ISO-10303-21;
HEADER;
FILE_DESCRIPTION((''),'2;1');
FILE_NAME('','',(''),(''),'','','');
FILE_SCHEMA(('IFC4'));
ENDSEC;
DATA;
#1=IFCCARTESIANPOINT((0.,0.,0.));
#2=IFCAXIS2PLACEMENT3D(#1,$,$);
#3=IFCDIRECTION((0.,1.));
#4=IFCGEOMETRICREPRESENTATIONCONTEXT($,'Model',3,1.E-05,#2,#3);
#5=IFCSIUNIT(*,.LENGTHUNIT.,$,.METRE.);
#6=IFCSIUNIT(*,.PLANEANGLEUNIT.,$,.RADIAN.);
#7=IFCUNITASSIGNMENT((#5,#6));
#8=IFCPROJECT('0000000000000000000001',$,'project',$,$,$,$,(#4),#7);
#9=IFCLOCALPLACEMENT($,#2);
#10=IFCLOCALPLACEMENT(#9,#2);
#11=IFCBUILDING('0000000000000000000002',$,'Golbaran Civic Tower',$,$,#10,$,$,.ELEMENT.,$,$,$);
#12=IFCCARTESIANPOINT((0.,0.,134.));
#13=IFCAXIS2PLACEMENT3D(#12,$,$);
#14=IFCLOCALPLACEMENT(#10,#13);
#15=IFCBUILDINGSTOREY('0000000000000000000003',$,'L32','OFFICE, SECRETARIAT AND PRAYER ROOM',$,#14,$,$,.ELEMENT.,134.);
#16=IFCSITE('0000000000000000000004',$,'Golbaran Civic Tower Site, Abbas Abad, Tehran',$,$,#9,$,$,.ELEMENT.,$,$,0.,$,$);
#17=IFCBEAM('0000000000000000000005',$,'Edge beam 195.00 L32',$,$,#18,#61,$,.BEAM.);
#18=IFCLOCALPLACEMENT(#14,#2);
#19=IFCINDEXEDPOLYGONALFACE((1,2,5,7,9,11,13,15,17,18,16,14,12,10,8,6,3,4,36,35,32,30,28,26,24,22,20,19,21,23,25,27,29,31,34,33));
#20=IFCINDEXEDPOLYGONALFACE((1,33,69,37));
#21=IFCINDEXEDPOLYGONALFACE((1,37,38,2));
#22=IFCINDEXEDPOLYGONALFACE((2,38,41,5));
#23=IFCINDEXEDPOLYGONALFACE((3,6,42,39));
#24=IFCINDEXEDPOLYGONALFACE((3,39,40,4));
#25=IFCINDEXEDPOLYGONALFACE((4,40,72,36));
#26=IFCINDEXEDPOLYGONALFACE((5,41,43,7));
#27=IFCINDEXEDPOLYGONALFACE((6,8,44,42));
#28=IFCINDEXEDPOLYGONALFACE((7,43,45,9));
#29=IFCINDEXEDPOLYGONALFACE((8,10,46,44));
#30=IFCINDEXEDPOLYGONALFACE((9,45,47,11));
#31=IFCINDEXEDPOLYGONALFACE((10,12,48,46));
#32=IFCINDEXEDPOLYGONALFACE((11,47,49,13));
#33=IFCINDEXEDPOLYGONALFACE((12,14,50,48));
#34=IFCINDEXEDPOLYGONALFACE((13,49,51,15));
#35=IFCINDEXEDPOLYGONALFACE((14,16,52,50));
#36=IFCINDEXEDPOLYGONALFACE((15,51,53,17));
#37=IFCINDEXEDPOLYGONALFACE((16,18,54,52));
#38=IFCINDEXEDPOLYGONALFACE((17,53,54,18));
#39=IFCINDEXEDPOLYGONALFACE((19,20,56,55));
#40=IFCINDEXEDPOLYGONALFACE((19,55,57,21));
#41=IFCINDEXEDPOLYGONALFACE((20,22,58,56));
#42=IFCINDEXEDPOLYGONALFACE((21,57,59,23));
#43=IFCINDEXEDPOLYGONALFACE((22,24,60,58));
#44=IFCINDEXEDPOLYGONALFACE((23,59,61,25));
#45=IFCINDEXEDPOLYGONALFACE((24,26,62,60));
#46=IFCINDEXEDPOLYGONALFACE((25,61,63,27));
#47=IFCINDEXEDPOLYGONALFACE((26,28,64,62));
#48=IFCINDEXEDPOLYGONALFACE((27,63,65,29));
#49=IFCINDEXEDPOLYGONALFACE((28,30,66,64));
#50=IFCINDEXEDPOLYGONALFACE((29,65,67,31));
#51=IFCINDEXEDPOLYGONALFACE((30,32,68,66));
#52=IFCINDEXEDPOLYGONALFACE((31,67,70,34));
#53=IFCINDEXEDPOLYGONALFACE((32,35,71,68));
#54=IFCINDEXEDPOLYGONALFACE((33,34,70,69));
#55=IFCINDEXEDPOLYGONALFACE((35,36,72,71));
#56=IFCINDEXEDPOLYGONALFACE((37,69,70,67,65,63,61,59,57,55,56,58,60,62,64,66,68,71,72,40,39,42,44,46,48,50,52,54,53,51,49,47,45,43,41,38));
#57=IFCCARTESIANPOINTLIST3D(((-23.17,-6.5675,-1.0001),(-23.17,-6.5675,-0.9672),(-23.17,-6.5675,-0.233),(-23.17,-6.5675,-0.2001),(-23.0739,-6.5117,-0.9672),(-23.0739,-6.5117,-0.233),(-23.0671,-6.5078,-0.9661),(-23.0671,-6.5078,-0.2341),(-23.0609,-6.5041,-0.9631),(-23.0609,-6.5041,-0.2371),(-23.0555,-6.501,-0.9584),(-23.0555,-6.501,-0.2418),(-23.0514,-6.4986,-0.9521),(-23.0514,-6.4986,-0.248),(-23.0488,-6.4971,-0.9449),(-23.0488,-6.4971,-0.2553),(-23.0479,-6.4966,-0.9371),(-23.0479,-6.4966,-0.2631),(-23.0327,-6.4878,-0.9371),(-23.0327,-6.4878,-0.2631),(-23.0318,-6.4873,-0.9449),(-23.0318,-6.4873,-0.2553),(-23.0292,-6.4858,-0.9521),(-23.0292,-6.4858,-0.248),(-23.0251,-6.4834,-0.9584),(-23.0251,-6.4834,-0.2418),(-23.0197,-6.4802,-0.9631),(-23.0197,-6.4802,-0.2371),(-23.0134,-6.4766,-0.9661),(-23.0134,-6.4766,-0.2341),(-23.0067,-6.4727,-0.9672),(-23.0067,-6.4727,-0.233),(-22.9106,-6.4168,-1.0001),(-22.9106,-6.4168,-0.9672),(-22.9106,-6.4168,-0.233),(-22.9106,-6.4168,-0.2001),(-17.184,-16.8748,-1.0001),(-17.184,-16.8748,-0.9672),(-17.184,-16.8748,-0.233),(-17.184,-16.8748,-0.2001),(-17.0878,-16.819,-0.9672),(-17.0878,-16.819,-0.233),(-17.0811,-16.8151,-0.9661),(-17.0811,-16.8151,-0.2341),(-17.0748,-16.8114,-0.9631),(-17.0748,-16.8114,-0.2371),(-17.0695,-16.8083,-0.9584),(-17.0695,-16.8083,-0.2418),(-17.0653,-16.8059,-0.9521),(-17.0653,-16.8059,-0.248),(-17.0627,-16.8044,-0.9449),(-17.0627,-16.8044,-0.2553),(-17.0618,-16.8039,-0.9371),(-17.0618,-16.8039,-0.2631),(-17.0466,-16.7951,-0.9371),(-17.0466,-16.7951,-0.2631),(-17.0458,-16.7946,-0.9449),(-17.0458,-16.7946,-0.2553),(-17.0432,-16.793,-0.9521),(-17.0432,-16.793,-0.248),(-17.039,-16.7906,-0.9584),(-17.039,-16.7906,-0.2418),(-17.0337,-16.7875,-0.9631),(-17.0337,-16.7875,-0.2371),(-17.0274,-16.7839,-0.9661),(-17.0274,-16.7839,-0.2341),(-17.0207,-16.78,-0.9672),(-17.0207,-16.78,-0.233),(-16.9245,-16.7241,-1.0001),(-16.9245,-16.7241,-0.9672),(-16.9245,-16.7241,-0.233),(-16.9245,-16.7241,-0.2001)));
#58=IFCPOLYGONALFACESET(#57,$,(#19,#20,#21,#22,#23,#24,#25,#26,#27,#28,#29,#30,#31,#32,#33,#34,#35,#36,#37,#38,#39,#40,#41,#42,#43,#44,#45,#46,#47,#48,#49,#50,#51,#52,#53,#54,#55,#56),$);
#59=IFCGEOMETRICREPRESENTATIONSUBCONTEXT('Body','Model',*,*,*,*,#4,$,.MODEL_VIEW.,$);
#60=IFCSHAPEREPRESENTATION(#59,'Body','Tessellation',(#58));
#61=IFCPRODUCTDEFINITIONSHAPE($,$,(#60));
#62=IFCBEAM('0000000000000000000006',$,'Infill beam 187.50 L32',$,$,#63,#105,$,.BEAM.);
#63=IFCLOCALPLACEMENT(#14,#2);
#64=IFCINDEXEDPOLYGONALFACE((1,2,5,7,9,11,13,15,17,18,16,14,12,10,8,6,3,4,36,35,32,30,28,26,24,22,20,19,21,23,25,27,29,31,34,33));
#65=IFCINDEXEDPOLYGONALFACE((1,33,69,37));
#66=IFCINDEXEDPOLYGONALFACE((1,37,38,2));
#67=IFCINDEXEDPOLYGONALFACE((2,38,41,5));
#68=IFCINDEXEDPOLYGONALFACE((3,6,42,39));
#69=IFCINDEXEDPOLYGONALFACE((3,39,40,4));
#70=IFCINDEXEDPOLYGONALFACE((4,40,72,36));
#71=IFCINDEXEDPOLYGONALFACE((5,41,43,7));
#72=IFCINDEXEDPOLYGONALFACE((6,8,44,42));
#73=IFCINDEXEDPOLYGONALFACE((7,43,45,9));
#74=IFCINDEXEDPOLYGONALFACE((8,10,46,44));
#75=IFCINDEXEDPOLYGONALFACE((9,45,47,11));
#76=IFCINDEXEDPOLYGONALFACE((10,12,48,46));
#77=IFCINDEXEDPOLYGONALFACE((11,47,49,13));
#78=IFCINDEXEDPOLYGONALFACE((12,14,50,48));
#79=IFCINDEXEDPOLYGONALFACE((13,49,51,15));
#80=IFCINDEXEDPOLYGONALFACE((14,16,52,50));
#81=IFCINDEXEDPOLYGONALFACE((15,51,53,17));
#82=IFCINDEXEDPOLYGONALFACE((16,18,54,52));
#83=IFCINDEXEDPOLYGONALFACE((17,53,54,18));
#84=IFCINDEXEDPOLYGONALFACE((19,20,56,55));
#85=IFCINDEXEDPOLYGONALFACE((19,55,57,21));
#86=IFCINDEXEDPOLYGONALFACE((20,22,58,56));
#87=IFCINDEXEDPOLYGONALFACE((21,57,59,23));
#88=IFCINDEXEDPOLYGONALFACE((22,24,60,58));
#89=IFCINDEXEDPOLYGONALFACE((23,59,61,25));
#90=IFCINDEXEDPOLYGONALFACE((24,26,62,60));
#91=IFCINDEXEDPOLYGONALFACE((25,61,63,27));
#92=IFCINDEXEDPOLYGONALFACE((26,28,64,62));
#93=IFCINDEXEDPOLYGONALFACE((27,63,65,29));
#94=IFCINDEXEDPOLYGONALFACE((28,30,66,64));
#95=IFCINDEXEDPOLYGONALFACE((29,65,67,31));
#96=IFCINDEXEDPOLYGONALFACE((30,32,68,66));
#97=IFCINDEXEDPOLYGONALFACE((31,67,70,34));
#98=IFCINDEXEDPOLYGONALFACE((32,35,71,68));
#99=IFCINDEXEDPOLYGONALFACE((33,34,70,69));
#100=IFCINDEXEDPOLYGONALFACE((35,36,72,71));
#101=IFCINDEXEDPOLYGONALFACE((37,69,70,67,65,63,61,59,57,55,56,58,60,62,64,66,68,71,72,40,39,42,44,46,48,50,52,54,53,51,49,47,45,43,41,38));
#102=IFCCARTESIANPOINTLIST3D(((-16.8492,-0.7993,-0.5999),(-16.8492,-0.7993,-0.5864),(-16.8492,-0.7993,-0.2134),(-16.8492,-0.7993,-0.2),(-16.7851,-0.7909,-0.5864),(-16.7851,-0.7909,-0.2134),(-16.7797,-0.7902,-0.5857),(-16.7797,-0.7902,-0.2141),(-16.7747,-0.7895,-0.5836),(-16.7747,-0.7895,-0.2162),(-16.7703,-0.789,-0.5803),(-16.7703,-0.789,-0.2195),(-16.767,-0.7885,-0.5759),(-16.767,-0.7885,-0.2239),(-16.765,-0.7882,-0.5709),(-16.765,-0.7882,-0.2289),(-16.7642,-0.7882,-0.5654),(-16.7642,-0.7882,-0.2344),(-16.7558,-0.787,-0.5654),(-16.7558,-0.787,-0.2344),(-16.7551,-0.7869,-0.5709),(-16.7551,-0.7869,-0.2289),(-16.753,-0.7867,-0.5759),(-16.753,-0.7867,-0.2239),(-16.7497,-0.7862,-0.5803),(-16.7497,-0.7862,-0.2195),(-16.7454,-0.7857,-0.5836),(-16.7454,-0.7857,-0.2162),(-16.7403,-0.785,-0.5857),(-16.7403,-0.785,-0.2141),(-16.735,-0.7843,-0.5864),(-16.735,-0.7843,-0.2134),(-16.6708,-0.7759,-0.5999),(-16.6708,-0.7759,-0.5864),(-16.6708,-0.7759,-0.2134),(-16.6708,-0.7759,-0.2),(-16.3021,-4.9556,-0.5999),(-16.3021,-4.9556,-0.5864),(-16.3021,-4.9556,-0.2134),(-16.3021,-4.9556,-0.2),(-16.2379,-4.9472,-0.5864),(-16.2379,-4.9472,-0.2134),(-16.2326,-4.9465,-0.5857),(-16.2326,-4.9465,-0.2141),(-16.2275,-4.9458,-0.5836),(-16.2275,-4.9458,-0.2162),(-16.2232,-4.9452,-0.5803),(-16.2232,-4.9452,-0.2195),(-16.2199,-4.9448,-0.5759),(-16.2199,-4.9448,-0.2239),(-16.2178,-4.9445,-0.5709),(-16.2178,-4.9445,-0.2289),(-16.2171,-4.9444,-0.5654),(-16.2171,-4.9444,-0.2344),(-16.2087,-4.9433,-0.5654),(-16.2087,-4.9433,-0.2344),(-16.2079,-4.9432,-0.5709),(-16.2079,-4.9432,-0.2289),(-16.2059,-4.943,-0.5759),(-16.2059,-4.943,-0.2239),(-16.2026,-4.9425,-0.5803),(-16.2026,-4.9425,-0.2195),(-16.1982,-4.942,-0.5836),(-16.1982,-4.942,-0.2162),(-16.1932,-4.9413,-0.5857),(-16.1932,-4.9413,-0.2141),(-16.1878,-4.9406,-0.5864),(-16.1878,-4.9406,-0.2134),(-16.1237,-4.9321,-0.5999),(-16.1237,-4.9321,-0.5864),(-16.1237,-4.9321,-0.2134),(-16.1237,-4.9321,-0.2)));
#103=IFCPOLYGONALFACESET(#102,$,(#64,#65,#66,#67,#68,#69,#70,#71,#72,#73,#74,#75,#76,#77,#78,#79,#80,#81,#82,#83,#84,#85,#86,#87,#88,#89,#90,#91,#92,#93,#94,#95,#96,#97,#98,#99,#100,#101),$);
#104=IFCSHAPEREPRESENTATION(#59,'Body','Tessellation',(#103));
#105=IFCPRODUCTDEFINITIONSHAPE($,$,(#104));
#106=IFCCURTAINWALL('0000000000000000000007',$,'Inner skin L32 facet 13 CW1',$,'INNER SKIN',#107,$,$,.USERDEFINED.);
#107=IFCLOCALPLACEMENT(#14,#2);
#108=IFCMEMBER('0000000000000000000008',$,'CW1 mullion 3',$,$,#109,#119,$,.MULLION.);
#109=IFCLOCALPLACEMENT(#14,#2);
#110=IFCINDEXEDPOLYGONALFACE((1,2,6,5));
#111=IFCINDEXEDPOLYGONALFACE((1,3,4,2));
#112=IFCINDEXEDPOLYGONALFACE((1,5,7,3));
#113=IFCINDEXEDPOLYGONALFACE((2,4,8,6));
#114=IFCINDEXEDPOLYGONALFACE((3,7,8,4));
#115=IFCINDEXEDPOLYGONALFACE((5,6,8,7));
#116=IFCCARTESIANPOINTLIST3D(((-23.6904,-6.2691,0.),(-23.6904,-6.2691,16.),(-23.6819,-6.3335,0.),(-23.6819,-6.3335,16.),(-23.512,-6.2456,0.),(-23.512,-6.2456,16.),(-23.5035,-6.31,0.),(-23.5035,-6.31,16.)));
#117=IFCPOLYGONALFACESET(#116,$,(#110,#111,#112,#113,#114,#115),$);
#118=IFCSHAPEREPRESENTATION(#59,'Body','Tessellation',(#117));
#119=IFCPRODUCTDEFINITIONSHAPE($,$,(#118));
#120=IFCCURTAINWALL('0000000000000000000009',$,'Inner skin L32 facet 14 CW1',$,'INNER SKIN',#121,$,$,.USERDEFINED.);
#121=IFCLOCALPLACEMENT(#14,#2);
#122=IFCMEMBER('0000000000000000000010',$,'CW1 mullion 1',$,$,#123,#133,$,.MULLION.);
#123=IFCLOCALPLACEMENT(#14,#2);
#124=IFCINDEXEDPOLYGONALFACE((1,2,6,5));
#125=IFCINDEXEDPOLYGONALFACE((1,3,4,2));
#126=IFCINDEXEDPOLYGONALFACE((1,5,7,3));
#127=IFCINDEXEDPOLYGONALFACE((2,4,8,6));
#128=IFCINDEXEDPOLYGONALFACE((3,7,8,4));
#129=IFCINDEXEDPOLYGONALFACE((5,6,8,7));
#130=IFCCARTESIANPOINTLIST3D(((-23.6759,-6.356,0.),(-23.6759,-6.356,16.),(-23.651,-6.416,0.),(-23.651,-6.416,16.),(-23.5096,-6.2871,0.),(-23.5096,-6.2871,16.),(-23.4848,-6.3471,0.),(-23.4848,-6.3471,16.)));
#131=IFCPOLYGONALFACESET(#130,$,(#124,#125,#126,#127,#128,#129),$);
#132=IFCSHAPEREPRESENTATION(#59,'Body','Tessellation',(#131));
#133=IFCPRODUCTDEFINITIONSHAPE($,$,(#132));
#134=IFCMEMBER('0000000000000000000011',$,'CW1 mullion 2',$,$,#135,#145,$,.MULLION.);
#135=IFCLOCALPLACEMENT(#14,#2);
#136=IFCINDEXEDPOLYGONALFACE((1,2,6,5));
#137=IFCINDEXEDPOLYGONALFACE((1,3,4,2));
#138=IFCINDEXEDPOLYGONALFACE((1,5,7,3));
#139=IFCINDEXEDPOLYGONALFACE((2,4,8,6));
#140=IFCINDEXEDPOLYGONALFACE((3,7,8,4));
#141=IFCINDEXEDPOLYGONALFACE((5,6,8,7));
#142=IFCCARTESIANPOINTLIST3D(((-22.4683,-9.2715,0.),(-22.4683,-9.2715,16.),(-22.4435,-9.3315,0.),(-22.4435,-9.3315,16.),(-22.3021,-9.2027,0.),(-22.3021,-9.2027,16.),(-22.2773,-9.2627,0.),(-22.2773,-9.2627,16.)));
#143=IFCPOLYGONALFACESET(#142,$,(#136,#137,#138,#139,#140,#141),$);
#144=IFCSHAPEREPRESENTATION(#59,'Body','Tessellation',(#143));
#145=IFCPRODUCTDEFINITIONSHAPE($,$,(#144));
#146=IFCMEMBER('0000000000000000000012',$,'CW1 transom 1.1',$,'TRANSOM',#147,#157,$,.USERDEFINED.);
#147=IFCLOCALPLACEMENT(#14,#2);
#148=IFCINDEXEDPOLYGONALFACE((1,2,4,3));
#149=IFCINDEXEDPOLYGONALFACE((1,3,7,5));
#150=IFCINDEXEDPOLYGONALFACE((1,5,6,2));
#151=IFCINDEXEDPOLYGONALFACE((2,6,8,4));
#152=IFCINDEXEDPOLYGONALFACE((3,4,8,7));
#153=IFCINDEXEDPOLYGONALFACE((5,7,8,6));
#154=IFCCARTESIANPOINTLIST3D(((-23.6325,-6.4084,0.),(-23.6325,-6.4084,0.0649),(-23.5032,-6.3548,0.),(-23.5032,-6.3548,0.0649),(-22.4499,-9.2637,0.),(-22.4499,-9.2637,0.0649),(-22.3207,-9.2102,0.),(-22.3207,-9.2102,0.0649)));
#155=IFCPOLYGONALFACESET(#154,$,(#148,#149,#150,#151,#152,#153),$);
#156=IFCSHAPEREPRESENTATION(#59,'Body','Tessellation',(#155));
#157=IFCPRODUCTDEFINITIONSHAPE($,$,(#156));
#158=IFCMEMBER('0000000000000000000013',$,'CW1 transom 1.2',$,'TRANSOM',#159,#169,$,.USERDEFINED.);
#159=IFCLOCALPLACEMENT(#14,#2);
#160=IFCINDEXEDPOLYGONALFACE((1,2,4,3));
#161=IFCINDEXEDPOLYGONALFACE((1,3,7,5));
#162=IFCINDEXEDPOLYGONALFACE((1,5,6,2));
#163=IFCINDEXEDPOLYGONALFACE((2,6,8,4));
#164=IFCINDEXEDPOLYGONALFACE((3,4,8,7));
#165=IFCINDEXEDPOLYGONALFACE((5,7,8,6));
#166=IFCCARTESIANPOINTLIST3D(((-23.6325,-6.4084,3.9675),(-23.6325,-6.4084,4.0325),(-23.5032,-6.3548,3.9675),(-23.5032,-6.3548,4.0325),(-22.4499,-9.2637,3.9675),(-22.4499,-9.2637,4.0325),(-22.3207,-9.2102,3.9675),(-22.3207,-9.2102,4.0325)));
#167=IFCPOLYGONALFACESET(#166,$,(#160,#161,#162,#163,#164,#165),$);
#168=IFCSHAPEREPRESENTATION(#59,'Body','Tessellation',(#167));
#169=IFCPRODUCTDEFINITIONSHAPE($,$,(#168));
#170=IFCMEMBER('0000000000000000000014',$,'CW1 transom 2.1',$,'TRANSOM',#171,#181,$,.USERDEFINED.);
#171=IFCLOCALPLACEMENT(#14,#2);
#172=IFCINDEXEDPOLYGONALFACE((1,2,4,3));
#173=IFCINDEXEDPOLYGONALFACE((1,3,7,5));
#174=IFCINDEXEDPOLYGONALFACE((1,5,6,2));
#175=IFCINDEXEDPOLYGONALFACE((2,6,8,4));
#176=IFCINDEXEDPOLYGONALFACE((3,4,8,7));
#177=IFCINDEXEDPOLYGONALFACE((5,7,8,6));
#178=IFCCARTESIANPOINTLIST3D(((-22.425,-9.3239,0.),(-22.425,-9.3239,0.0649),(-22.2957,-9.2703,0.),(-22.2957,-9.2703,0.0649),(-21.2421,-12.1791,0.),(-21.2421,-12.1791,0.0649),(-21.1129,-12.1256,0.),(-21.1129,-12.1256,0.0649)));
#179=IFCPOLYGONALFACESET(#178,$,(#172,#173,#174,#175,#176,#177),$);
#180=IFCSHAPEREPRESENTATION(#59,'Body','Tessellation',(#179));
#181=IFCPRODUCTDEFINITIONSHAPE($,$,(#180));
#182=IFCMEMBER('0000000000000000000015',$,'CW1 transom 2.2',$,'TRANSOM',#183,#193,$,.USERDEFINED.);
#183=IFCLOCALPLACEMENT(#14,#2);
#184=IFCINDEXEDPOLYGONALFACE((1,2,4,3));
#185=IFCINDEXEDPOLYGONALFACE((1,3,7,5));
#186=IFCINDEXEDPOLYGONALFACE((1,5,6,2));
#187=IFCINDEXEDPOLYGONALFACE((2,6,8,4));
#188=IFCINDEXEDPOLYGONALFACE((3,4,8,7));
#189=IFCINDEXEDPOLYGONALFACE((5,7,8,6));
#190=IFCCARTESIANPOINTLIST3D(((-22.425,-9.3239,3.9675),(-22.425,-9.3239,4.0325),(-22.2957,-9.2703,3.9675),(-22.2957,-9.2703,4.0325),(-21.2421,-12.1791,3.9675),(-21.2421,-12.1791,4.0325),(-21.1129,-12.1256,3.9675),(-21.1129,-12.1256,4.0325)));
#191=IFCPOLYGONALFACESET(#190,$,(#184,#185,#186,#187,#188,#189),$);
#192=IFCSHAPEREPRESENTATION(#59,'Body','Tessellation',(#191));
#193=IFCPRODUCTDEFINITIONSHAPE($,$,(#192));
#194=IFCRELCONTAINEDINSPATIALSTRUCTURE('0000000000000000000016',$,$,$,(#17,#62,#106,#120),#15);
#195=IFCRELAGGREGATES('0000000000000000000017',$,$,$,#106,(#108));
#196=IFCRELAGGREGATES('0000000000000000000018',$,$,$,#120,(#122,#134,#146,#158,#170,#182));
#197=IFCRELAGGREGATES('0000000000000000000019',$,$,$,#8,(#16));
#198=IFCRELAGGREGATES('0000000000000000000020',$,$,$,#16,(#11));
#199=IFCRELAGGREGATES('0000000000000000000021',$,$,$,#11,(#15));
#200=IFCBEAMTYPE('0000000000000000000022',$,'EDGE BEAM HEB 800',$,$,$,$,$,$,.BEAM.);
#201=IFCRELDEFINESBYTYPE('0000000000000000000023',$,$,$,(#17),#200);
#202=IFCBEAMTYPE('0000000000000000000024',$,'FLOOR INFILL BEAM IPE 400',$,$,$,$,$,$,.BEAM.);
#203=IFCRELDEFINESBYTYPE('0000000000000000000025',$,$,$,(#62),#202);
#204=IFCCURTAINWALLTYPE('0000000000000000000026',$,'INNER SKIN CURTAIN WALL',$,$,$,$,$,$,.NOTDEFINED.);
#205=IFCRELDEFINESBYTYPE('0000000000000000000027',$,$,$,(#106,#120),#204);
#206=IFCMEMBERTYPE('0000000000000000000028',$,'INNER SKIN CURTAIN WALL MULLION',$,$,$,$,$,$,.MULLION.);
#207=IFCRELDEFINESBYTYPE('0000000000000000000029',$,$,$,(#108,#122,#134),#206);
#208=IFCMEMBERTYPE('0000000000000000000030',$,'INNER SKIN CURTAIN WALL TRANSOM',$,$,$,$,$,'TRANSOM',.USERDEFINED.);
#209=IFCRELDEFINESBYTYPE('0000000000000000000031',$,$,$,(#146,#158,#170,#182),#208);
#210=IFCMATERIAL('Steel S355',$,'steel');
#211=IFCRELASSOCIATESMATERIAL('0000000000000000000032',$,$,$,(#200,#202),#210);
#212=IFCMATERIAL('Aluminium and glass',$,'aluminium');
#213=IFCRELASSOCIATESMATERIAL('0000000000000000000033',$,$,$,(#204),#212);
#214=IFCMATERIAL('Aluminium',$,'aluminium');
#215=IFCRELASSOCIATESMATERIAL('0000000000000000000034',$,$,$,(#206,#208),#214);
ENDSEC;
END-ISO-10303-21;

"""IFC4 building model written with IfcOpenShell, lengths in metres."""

from ifc_helpers import new_model, si_unit, direction, frame, origin, origin_2d, place, context, subcontext, project, spatial, rectangle, i_section, extrude, material, material_profile, profile_set, type_object, element, aggregate, save


model = new_model("IFC4")

# Units and contexts
model_context = context("Model", 3, precision=1e-05, world=origin(), true_north=direction((0.0, 1.0)))
body_context = subcontext(model_context, "Body", "Model", "MODEL_VIEW")
ifc_project = project(units=[si_unit("LENGTHUNIT", "METRE"), si_unit("PLANEANGLEUNIT", "RADIAN")], contexts=[model_context])

# Site, building, storey
site_placement = place(None, origin())
site = spatial("IfcSite", under=ifc_project, at=site_placement, Name="Golbaran Civic Tower Site, Abbas Abad, Tehran", CompositionType="ELEMENT", RefElevation=0.0)
building_placement = place(site_placement, origin())
building = spatial("IfcBuilding", under=site, at=building_placement, Name="Golbaran Civic Tower", CompositionType="ELEMENT")
storey_placement = place(building_placement, frame((0.0, 0.0, 134.0)))
storey = spatial("IfcBuildingStorey", under=building, at=storey_placement, Name="L32", Description="OFFICE, SECRETARIAT AND PRAYER ROOM", CompositionType="ELEMENT", Elevation=134.0)

# Beams
ifc_material_1 = material(Name="Steel S355", Category="steel")
ifc_material_profile_1 = material_profile(ifc_material_1, i_section(OverallWidth=0.3, OverallDepth=0.8, WebThickness=0.0176, FlangeThickness=0.033, FilletRadius=0.03, at=origin_2d()), Name="HEB 800")
ifc_profile_set_1 = profile_set([ifc_material_profile_1], Name="Steel S355")
beam_type_1 = type_object("IfcBeamType", Name="EDGE BEAM HEB 800", PredefinedType="BEAM", material=ifc_profile_set_1)
beam_1_placement = place(storey_placement, frame((-23.0403, -6.4922, -0.6001), z_axis=(0.502208, -0.864747, 0.0), x_axis=(0.864747, 0.502208, 0.0)))
element("IfcBeam", 1, at=beam_1_placement, inside=storey, type_object=beam_type_1, Name="Edge beam 195.00 L32", PredefinedType="BEAM", context=body_context, shape_type="SweptSolid", body=[
    extrude(i_section(OverallWidth=0.3, OverallDepth=0.8, WebThickness=0.0176, FlangeThickness=0.033, FilletRadius=0.03, at=origin_2d()), origin(), (0.0, 0.0, 1.0), 11.9194),
])
ifc_material_profile_2 = material_profile(ifc_material_1, i_section(OverallWidth=0.1799, OverallDepth=0.3999, WebThickness=0.0085, FlangeThickness=0.0134, FilletRadius=0.021, at=origin_2d()), Name="IPE 400")
ifc_profile_set_2 = profile_set([ifc_material_profile_2], Name="Steel S355")
beam_type_2 = type_object("IfcBeamType", Name="FLOOR INFILL BEAM IPE 400", PredefinedType="BEAM", material=ifc_profile_set_2)
beam_2_placement = place(storey_placement, frame((-16.76, -0.7876, -0.3999), z_axis=(0.130512, -0.991447, 0.0), x_axis=(0.991447, 0.130512, 0.0)))
element("IfcBeam", 2, at=beam_2_placement, inside=storey, type_object=beam_type_2, Name="Infill beam 187.50 L32", PredefinedType="BEAM", context=body_context, shape_type="SweptSolid", body=[
    extrude(i_section(OverallWidth=0.1799, OverallDepth=0.3999, WebThickness=0.0085, FlangeThickness=0.0134, FilletRadius=0.021, at=origin_2d()), origin(), (0.0, 0.0, 1.0), 4.1921),
])

# Curtain wall, member
ifc_material_2 = material(Name="Aluminium and glass", Category="aluminium")
curtain_wall_type = type_object("IfcCurtainWallType", Name="INNER SKIN CURTAIN WALL", PredefinedType="NOTDEFINED", material=ifc_material_2)
curtain_wall_1_placement = place(storey_placement, origin())
curtain_wall_1 = element("IfcCurtainWall", 3, at=curtain_wall_1_placement, inside=storey, type_object=curtain_wall_type, Name="Inner skin L32 facet 13 CW1", ObjectType="INNER SKIN", PredefinedType="USERDEFINED")
ifc_material_3 = material(Name="Aluminium", Category="aluminium")
ifc_material_profile_3 = material_profile(ifc_material_3, rectangle(XDim=0.1799, YDim=0.0649, at=origin_2d()), Name="INNER SKIN CURTAIN WALL MULLION")
ifc_profile_set_3 = profile_set([ifc_material_profile_3], Name="Aluminium")
member_type_1 = type_object("IfcMemberType", Name="INNER SKIN CURTAIN WALL MULLION", PredefinedType="MULLION", material=ifc_profile_set_3)
member_1_placement = place(storey_placement, frame((-23.5969, -6.2896, 0.0), z_axis=(0.0, 0.0, 1.0), x_axis=(0.991445, 0.130526, 0.0)))
member_1 = element("IfcMember", 4, at=member_1_placement, type_object=member_type_1, Name="CW1 mullion 3", PredefinedType="MULLION", context=body_context, shape_type="SweptSolid", body=[
    extrude(rectangle(XDim=0.1799, YDim=0.0649, at=origin_2d()), origin(), (0.0, 0.0, 1.0), 16.0),
])

# Curtain wall, members
curtain_wall_2_placement = place(storey_placement, origin())
curtain_wall_2 = element("IfcCurtainWall", 5, at=curtain_wall_2_placement, inside=storey, type_object=curtain_wall_type, Name="Inner skin L32 facet 14 CW1", ObjectType="INNER SKIN", PredefinedType="USERDEFINED")
member_2_placement = place(storey_placement, frame((-23.5803, -6.3516, 0.0), z_axis=(0.0, 0.0, 1.0), x_axis=(0.92388, 0.382683, 0.0)))
member_2 = element("IfcMember", 6, at=member_2_placement, type_object=member_type_1, Name="CW1 mullion 1", PredefinedType="MULLION", context=body_context, shape_type="SweptSolid", body=[
    extrude(rectangle(XDim=0.1799, YDim=0.0649, at=origin_2d()), origin(), (0.0, 0.0, 1.0), 16.0),
])
member_3_placement = place(storey_placement, frame((-22.3728, -9.2671, 0.0), z_axis=(0.0, 0.0, 1.0), x_axis=(0.92388, 0.382683, 0.0)))
member_3 = element("IfcMember", 7, at=member_3_placement, type_object=member_type_1, Name="CW1 mullion 2", PredefinedType="MULLION", context=body_context, shape_type="SweptSolid", body=[
    extrude(rectangle(XDim=0.1799, YDim=0.0649, at=origin_2d()), origin(), (0.0, 0.0, 1.0), 16.0),
])
ifc_material_profile_4 = material_profile(ifc_material_3, rectangle(XDim=0.1399, YDim=0.0649, at=origin_2d()), Name="INNER SKIN CURTAIN WALL TRANSOM")
ifc_profile_set_4 = profile_set([ifc_material_profile_4], Name="Aluminium")
member_type_2 = type_object("IfcMemberType", Name="INNER SKIN CURTAIN WALL TRANSOM", ElementType="TRANSOM", PredefinedType="USERDEFINED", material=ifc_profile_set_4)
member_4_placement = place(storey_placement, frame((-23.5679, -6.3816, 0.0325), z_axis=(0.38264, -0.923897, 0.0), x_axis=(0.923897, 0.38264, 0.0)))
member_4 = element("IfcMember", 8, at=member_4_placement, type_object=member_type_2, Name="CW1 transom 1.1", ObjectType="TRANSOM", PredefinedType="USERDEFINED", context=body_context, shape_type="SweptSolid", body=[
    extrude(rectangle(XDim=0.1399, YDim=0.0649, at=origin_2d()), origin(), (0.0, 0.0, 1.0), 3.0906),
])
member_5_placement = place(storey_placement, frame((-23.5679, -6.3816, 4.0), z_axis=(0.38264, -0.923897, 0.0), x_axis=(0.923897, 0.38264, 0.0)))
member_5 = element("IfcMember", 9, at=member_5_placement, type_object=member_type_2, Name="CW1 transom 1.2", ObjectType="TRANSOM", PredefinedType="USERDEFINED", context=body_context, shape_type="SweptSolid", body=[
    extrude(rectangle(XDim=0.1399, YDim=0.0649, at=origin_2d()), origin(), (0.0, 0.0, 1.0), 3.0906),
])
member_6_placement = place(storey_placement, frame((-22.3604, -9.2971, 0.0325), z_axis=(0.382736, -0.923858, 0.0), x_axis=(0.923858, 0.382736, 0.0)))
member_6 = element("IfcMember", 10, at=member_6_placement, type_object=member_type_2, Name="CW1 transom 2.1", ObjectType="TRANSOM", PredefinedType="USERDEFINED", context=body_context, shape_type="SweptSolid", body=[
    extrude(rectangle(XDim=0.1399, YDim=0.0649, at=origin_2d()), origin(), (0.0, 0.0, 1.0), 3.0906),
])
member_7_placement = place(storey_placement, frame((-22.3604, -9.2971, 4.0), z_axis=(0.382736, -0.923858, 0.0), x_axis=(0.923858, 0.382736, 0.0)))
member_7 = element("IfcMember", 11, at=member_7_placement, type_object=member_type_2, Name="CW1 transom 2.2", ObjectType="TRANSOM", PredefinedType="USERDEFINED", context=body_context, shape_type="SweptSolid", body=[
    extrude(rectangle(XDim=0.1399, YDim=0.0649, at=origin_2d()), origin(), (0.0, 0.0, 1.0), 3.0906),
])

aggregate(curtain_wall_1, [member_1])
aggregate(curtain_wall_2, [member_2, member_3, member_4, member_5, member_6, member_7])

save(model, "model.ifc")
